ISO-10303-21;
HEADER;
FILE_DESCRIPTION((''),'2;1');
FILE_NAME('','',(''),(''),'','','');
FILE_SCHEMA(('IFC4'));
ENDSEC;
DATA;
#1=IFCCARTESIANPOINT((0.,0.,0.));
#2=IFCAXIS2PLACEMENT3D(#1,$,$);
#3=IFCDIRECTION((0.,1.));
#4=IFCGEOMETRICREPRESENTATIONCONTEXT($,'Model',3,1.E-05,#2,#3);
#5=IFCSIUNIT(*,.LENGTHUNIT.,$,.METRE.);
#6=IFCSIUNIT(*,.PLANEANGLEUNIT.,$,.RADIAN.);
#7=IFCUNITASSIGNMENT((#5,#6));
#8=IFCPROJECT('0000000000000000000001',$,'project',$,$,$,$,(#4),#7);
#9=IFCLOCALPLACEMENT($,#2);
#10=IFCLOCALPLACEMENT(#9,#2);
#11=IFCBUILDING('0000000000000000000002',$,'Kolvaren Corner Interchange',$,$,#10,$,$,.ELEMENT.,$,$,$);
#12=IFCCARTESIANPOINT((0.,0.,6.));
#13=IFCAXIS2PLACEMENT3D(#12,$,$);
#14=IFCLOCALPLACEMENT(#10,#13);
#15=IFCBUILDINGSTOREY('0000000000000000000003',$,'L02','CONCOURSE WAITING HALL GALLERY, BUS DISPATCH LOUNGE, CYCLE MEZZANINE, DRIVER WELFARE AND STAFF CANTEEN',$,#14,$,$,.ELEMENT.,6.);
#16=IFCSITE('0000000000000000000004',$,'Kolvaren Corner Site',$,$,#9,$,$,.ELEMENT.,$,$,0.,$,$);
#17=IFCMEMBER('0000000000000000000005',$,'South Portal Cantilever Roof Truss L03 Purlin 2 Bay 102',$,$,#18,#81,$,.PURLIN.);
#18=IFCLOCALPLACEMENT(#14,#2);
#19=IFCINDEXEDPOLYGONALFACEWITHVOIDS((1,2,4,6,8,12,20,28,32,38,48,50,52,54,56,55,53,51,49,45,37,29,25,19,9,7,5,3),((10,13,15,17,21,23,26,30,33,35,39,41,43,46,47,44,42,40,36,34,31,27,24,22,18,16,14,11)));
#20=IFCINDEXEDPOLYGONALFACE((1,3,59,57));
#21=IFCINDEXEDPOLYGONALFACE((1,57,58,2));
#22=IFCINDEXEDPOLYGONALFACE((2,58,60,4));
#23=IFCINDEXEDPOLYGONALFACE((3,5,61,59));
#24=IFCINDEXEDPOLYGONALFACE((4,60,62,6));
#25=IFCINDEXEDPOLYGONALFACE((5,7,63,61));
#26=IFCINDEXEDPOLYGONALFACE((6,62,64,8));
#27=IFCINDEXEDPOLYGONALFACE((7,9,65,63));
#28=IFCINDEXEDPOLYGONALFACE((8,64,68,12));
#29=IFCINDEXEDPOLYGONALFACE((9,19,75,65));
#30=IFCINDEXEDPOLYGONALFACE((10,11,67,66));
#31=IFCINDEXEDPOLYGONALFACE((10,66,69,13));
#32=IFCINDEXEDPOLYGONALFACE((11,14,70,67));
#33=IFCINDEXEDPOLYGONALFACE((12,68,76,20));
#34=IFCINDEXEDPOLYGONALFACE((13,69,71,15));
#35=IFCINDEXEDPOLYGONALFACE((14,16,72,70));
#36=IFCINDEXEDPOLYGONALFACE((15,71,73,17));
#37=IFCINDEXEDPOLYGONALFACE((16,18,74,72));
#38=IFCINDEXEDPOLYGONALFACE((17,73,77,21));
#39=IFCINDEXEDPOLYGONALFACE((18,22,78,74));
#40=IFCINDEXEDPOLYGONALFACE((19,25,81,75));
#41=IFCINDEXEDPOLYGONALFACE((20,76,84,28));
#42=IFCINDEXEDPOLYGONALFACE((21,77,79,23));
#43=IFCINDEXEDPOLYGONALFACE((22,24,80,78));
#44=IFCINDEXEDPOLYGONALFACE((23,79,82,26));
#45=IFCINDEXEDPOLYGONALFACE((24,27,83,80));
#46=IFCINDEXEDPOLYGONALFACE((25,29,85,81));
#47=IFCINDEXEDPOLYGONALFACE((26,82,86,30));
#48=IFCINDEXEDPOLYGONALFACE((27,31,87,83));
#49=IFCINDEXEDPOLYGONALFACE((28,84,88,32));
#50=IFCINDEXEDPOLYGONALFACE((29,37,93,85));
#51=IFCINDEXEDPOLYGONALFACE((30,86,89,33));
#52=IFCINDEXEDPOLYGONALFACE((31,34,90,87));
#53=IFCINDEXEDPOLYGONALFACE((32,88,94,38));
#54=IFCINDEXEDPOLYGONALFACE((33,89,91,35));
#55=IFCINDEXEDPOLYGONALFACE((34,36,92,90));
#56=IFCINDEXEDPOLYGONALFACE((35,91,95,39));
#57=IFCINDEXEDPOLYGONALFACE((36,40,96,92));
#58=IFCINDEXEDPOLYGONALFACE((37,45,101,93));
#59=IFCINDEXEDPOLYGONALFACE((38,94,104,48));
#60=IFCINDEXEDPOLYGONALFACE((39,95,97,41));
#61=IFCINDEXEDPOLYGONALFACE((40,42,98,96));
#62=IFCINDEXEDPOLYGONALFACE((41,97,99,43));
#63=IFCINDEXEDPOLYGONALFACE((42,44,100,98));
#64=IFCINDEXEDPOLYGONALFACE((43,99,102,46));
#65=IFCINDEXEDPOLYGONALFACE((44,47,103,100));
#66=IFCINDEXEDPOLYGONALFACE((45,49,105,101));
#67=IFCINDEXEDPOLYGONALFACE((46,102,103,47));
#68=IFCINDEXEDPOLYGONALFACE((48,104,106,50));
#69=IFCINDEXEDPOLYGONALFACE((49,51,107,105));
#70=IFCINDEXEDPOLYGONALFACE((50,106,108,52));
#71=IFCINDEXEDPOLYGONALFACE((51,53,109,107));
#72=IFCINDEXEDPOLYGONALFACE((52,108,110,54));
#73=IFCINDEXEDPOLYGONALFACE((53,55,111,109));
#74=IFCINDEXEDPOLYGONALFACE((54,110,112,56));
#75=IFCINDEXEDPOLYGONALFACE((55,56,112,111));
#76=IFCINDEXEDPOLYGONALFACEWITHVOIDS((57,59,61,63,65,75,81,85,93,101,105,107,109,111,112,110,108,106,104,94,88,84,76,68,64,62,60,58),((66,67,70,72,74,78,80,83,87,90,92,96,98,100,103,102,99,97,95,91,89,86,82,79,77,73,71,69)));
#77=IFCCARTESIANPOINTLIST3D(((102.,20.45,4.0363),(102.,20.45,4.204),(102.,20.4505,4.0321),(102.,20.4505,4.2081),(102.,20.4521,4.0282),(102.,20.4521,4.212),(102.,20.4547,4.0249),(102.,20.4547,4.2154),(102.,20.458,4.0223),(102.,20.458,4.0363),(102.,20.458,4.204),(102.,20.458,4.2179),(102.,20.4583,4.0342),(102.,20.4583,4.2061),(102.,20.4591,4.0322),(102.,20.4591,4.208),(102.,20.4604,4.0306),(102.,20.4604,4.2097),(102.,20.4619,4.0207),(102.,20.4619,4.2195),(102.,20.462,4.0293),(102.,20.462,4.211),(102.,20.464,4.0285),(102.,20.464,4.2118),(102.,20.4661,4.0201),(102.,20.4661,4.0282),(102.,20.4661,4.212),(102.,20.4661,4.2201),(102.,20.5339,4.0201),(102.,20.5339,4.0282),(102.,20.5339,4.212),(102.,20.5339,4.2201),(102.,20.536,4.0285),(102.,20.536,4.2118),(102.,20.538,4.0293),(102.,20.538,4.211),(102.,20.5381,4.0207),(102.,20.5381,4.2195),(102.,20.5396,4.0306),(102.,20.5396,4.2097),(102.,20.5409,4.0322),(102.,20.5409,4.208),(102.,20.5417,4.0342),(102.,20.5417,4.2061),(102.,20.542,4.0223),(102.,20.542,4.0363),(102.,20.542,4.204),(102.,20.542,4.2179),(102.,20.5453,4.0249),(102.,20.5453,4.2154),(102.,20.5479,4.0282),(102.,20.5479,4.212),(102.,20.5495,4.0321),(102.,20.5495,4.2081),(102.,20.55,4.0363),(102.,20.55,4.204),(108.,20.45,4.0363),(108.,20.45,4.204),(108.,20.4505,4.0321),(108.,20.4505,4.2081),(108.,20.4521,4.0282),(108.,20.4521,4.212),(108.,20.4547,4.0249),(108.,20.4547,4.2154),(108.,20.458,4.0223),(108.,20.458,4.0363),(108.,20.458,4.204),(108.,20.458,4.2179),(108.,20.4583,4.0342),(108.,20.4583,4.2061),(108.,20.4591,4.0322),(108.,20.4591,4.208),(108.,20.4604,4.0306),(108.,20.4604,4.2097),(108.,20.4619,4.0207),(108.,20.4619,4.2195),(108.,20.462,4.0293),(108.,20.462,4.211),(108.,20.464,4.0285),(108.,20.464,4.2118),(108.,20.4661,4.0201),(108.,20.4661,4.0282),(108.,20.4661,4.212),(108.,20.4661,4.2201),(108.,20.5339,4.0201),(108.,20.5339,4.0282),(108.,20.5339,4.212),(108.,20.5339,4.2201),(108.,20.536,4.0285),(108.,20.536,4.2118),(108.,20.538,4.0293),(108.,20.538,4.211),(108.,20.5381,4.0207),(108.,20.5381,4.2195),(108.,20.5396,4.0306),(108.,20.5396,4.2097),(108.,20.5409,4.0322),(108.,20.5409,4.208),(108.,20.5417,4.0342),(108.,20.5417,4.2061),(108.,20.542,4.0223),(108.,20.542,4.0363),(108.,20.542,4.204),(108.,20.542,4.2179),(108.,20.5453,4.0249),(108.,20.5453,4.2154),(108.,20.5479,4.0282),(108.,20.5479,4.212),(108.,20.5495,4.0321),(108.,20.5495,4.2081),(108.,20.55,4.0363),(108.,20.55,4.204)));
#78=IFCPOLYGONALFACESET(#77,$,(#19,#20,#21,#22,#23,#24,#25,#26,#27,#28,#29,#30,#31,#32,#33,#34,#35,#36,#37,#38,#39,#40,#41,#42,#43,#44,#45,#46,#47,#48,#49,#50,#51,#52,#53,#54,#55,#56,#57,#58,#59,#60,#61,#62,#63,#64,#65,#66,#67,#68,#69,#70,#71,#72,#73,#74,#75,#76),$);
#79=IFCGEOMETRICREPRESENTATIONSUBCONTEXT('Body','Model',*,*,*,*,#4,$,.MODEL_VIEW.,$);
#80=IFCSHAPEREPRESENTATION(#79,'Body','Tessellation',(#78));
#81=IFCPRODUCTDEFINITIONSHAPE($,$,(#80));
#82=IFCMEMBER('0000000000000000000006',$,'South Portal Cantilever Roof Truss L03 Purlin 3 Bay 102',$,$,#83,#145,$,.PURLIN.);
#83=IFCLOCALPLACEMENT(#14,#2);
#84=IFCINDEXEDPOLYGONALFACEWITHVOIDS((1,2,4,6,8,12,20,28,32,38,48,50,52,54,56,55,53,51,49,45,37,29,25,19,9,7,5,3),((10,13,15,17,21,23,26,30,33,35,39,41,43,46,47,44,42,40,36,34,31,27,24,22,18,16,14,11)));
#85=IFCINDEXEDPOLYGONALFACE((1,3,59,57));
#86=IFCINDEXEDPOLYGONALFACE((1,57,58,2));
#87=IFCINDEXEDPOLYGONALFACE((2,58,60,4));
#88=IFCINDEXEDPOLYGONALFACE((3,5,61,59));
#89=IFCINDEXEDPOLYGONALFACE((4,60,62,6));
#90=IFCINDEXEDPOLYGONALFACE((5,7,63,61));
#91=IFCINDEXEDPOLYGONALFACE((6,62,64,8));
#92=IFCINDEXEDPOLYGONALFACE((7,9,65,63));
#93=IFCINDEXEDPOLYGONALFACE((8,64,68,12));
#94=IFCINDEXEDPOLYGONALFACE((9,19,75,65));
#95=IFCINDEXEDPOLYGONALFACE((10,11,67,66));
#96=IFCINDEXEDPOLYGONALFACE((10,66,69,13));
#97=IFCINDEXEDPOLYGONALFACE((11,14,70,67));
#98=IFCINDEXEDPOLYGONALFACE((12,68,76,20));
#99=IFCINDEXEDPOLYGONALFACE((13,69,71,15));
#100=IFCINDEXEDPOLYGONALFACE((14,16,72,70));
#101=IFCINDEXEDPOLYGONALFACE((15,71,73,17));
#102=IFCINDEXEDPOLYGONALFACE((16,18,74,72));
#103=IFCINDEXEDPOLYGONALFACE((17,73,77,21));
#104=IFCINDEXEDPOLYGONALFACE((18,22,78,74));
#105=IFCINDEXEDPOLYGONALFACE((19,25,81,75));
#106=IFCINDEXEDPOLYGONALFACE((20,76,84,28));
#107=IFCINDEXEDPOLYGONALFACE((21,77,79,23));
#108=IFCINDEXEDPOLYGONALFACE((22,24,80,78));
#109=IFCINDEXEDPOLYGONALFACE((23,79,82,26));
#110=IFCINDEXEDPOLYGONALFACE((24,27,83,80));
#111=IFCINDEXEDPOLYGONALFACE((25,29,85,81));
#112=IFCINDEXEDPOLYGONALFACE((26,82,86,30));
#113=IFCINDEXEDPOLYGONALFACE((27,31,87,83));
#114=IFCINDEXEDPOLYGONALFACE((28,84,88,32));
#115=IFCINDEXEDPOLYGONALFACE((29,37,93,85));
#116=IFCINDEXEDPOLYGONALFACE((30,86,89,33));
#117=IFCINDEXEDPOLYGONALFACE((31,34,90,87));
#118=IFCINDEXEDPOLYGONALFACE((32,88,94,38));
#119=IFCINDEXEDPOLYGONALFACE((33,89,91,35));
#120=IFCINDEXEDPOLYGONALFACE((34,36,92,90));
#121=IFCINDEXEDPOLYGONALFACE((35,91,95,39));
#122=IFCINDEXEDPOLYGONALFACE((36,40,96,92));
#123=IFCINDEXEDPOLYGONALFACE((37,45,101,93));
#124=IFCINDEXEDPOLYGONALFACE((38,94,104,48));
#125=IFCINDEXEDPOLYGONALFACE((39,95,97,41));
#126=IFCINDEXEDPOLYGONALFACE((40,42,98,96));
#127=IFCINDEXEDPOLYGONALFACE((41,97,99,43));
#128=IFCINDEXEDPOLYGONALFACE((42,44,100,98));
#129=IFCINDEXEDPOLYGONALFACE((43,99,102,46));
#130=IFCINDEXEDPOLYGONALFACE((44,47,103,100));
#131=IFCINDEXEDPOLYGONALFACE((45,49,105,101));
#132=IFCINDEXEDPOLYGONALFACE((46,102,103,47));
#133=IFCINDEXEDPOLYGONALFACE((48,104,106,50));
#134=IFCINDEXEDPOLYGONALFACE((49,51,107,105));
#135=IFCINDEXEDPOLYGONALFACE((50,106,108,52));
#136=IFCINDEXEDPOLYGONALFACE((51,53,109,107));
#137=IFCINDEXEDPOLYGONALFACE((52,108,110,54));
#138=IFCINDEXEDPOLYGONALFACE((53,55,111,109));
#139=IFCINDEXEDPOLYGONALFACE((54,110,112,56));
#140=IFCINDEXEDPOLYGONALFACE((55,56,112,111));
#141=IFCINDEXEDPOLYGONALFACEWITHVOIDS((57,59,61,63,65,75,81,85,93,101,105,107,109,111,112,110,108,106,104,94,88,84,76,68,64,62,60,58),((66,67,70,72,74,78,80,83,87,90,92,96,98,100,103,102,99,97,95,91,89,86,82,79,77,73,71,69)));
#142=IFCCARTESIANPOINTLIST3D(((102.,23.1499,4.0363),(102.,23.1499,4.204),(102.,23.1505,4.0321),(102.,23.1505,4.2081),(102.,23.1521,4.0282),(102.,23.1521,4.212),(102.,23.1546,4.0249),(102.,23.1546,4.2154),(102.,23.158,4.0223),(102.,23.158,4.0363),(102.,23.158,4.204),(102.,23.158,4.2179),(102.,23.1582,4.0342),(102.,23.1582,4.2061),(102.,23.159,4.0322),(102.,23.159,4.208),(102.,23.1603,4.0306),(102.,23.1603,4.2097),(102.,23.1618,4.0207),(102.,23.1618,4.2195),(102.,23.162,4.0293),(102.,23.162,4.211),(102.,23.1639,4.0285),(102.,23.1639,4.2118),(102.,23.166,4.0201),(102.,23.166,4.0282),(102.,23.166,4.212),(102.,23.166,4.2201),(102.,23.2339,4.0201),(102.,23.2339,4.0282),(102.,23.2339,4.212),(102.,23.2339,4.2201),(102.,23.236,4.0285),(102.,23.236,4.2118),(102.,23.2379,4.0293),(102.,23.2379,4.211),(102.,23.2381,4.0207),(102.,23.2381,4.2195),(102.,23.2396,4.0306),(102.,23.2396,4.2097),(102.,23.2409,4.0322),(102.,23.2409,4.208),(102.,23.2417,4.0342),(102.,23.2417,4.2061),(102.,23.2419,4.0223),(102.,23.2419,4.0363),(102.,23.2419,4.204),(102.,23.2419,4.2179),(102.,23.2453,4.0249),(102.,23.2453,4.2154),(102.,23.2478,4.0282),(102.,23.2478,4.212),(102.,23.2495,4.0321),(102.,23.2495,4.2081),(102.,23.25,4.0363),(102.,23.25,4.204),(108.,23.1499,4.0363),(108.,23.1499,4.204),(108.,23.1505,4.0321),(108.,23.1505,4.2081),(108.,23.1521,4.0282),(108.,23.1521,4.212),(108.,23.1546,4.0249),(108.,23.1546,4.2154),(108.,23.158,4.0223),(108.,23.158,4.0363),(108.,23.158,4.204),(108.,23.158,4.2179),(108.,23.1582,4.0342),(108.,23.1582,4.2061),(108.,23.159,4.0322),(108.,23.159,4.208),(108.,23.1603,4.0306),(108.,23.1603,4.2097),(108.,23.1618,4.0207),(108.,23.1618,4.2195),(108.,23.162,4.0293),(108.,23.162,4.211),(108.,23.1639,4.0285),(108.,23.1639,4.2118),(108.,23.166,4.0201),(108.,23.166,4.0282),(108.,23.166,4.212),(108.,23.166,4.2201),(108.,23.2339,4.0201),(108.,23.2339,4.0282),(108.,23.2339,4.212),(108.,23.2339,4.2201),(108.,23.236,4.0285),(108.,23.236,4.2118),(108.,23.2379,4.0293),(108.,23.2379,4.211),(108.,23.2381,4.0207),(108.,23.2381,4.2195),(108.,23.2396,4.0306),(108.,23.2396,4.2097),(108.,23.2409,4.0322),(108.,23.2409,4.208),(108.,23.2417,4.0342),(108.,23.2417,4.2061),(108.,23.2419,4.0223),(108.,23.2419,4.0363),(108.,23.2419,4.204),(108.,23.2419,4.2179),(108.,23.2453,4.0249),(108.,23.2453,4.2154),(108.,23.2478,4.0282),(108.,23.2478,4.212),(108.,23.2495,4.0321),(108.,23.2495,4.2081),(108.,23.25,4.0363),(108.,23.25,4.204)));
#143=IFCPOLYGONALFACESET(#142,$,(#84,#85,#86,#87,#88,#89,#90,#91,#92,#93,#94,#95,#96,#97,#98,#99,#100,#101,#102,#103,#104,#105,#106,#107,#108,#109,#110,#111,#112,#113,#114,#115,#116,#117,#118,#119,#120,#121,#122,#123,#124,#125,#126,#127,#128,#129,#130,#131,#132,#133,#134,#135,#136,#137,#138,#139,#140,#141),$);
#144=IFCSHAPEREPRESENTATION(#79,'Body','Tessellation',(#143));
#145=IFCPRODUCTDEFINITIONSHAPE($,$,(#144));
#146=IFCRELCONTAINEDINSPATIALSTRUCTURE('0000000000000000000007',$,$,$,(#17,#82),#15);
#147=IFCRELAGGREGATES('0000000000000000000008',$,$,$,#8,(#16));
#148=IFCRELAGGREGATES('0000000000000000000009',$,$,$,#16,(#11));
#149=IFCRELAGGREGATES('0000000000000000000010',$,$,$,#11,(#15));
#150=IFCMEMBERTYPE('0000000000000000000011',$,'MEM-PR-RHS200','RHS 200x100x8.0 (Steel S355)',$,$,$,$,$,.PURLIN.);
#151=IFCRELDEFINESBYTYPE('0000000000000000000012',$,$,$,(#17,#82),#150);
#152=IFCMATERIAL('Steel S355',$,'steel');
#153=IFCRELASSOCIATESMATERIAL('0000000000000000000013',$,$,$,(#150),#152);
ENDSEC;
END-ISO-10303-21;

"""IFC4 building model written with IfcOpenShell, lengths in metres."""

from ifc_helpers import new_model, si_unit, direction, frame, origin, origin_2d, place, context, subcontext, project, spatial, hollow_rectangle, extrude, material, material_profile, profile_set, type_object, element, save


model = new_model("IFC4")

# Units and contexts
model_context = context("Model", 3, precision=1e-05, world=origin(), true_north=direction((0.0, 1.0)))
body_context = subcontext(model_context, "Body", "Model", "MODEL_VIEW")
ifc_project = project(units=[si_unit("LENGTHUNIT", "METRE"), si_unit("PLANEANGLEUNIT", "RADIAN")], contexts=[model_context])

# Site, building, storey
site_placement = place(None, origin())
site = spatial("IfcSite", under=ifc_project, at=site_placement, Name="Kolvaren Corner Site", CompositionType="ELEMENT", RefElevation=0.0)
building_placement = place(site_placement, origin())
building = spatial("IfcBuilding", under=site, at=building_placement, Name="Kolvaren Corner Interchange", CompositionType="ELEMENT")
storey_placement = place(building_placement, frame((0.0, 0.0, 6.0)))
storey = spatial("IfcBuildingStorey", under=building, at=storey_placement, Name="L02", Description="CONCOURSE WAITING HALL GALLERY, BUS DISPATCH LOUNGE, CYCLE MEZZANINE, DRIVER WELFARE AND STAFF CANTEEN", CompositionType="ELEMENT", Elevation=6.0)

# Members
ifc_material_1 = material(Name="Steel S355", Category="steel")
ifc_material_profile_1 = material_profile(ifc_material_1, hollow_rectangle(XDim=0.1001, YDim=0.2, WallThickness=0.0081, InnerFilletRadius=0.0081, OuterFilletRadius=0.0161, at=origin_2d()), Name="RHS 200x100x8.0")
ifc_profile_set_1 = profile_set([ifc_material_profile_1], Name="Steel S355")
member_type_1 = type_object("IfcMemberType", Name="MEM-PR-RHS200", Description="RHS 200x100x8.0 (Steel S355)", PredefinedType="PURLIN", material=ifc_profile_set_1)
for number, where, z_axis, x_axis, name in (
    (1, (102.0, 20.5, 4.1201), (1.0, 0.0, 0.0), (0.0, 1.0, 0.0), "South Portal Cantilever Roof Truss L03 Purlin 2 Bay 102"),
    (2, (102.0, 23.2, 4.1201), (1.0, 0.0, 0.0), (0.0, 1.0, 0.0), "South Portal Cantilever Roof Truss L03 Purlin 3 Bay 102"),
):
    element("IfcMember", number, at=place(storey_placement, frame(where, z_axis=z_axis, x_axis=x_axis)), inside=storey, type_object=member_type_1, Name=name, PredefinedType="PURLIN", context=body_context, shape_type="SweptSolid", body=[
        extrude(hollow_rectangle(XDim=0.1001, YDim=0.2, WallThickness=0.0081, InnerFilletRadius=0.0081, OuterFilletRadius=0.0161, at=origin_2d()), origin(), (0.0, 0.0, 1.0), 6.0),
    ])

save(model, "model.ifc")
